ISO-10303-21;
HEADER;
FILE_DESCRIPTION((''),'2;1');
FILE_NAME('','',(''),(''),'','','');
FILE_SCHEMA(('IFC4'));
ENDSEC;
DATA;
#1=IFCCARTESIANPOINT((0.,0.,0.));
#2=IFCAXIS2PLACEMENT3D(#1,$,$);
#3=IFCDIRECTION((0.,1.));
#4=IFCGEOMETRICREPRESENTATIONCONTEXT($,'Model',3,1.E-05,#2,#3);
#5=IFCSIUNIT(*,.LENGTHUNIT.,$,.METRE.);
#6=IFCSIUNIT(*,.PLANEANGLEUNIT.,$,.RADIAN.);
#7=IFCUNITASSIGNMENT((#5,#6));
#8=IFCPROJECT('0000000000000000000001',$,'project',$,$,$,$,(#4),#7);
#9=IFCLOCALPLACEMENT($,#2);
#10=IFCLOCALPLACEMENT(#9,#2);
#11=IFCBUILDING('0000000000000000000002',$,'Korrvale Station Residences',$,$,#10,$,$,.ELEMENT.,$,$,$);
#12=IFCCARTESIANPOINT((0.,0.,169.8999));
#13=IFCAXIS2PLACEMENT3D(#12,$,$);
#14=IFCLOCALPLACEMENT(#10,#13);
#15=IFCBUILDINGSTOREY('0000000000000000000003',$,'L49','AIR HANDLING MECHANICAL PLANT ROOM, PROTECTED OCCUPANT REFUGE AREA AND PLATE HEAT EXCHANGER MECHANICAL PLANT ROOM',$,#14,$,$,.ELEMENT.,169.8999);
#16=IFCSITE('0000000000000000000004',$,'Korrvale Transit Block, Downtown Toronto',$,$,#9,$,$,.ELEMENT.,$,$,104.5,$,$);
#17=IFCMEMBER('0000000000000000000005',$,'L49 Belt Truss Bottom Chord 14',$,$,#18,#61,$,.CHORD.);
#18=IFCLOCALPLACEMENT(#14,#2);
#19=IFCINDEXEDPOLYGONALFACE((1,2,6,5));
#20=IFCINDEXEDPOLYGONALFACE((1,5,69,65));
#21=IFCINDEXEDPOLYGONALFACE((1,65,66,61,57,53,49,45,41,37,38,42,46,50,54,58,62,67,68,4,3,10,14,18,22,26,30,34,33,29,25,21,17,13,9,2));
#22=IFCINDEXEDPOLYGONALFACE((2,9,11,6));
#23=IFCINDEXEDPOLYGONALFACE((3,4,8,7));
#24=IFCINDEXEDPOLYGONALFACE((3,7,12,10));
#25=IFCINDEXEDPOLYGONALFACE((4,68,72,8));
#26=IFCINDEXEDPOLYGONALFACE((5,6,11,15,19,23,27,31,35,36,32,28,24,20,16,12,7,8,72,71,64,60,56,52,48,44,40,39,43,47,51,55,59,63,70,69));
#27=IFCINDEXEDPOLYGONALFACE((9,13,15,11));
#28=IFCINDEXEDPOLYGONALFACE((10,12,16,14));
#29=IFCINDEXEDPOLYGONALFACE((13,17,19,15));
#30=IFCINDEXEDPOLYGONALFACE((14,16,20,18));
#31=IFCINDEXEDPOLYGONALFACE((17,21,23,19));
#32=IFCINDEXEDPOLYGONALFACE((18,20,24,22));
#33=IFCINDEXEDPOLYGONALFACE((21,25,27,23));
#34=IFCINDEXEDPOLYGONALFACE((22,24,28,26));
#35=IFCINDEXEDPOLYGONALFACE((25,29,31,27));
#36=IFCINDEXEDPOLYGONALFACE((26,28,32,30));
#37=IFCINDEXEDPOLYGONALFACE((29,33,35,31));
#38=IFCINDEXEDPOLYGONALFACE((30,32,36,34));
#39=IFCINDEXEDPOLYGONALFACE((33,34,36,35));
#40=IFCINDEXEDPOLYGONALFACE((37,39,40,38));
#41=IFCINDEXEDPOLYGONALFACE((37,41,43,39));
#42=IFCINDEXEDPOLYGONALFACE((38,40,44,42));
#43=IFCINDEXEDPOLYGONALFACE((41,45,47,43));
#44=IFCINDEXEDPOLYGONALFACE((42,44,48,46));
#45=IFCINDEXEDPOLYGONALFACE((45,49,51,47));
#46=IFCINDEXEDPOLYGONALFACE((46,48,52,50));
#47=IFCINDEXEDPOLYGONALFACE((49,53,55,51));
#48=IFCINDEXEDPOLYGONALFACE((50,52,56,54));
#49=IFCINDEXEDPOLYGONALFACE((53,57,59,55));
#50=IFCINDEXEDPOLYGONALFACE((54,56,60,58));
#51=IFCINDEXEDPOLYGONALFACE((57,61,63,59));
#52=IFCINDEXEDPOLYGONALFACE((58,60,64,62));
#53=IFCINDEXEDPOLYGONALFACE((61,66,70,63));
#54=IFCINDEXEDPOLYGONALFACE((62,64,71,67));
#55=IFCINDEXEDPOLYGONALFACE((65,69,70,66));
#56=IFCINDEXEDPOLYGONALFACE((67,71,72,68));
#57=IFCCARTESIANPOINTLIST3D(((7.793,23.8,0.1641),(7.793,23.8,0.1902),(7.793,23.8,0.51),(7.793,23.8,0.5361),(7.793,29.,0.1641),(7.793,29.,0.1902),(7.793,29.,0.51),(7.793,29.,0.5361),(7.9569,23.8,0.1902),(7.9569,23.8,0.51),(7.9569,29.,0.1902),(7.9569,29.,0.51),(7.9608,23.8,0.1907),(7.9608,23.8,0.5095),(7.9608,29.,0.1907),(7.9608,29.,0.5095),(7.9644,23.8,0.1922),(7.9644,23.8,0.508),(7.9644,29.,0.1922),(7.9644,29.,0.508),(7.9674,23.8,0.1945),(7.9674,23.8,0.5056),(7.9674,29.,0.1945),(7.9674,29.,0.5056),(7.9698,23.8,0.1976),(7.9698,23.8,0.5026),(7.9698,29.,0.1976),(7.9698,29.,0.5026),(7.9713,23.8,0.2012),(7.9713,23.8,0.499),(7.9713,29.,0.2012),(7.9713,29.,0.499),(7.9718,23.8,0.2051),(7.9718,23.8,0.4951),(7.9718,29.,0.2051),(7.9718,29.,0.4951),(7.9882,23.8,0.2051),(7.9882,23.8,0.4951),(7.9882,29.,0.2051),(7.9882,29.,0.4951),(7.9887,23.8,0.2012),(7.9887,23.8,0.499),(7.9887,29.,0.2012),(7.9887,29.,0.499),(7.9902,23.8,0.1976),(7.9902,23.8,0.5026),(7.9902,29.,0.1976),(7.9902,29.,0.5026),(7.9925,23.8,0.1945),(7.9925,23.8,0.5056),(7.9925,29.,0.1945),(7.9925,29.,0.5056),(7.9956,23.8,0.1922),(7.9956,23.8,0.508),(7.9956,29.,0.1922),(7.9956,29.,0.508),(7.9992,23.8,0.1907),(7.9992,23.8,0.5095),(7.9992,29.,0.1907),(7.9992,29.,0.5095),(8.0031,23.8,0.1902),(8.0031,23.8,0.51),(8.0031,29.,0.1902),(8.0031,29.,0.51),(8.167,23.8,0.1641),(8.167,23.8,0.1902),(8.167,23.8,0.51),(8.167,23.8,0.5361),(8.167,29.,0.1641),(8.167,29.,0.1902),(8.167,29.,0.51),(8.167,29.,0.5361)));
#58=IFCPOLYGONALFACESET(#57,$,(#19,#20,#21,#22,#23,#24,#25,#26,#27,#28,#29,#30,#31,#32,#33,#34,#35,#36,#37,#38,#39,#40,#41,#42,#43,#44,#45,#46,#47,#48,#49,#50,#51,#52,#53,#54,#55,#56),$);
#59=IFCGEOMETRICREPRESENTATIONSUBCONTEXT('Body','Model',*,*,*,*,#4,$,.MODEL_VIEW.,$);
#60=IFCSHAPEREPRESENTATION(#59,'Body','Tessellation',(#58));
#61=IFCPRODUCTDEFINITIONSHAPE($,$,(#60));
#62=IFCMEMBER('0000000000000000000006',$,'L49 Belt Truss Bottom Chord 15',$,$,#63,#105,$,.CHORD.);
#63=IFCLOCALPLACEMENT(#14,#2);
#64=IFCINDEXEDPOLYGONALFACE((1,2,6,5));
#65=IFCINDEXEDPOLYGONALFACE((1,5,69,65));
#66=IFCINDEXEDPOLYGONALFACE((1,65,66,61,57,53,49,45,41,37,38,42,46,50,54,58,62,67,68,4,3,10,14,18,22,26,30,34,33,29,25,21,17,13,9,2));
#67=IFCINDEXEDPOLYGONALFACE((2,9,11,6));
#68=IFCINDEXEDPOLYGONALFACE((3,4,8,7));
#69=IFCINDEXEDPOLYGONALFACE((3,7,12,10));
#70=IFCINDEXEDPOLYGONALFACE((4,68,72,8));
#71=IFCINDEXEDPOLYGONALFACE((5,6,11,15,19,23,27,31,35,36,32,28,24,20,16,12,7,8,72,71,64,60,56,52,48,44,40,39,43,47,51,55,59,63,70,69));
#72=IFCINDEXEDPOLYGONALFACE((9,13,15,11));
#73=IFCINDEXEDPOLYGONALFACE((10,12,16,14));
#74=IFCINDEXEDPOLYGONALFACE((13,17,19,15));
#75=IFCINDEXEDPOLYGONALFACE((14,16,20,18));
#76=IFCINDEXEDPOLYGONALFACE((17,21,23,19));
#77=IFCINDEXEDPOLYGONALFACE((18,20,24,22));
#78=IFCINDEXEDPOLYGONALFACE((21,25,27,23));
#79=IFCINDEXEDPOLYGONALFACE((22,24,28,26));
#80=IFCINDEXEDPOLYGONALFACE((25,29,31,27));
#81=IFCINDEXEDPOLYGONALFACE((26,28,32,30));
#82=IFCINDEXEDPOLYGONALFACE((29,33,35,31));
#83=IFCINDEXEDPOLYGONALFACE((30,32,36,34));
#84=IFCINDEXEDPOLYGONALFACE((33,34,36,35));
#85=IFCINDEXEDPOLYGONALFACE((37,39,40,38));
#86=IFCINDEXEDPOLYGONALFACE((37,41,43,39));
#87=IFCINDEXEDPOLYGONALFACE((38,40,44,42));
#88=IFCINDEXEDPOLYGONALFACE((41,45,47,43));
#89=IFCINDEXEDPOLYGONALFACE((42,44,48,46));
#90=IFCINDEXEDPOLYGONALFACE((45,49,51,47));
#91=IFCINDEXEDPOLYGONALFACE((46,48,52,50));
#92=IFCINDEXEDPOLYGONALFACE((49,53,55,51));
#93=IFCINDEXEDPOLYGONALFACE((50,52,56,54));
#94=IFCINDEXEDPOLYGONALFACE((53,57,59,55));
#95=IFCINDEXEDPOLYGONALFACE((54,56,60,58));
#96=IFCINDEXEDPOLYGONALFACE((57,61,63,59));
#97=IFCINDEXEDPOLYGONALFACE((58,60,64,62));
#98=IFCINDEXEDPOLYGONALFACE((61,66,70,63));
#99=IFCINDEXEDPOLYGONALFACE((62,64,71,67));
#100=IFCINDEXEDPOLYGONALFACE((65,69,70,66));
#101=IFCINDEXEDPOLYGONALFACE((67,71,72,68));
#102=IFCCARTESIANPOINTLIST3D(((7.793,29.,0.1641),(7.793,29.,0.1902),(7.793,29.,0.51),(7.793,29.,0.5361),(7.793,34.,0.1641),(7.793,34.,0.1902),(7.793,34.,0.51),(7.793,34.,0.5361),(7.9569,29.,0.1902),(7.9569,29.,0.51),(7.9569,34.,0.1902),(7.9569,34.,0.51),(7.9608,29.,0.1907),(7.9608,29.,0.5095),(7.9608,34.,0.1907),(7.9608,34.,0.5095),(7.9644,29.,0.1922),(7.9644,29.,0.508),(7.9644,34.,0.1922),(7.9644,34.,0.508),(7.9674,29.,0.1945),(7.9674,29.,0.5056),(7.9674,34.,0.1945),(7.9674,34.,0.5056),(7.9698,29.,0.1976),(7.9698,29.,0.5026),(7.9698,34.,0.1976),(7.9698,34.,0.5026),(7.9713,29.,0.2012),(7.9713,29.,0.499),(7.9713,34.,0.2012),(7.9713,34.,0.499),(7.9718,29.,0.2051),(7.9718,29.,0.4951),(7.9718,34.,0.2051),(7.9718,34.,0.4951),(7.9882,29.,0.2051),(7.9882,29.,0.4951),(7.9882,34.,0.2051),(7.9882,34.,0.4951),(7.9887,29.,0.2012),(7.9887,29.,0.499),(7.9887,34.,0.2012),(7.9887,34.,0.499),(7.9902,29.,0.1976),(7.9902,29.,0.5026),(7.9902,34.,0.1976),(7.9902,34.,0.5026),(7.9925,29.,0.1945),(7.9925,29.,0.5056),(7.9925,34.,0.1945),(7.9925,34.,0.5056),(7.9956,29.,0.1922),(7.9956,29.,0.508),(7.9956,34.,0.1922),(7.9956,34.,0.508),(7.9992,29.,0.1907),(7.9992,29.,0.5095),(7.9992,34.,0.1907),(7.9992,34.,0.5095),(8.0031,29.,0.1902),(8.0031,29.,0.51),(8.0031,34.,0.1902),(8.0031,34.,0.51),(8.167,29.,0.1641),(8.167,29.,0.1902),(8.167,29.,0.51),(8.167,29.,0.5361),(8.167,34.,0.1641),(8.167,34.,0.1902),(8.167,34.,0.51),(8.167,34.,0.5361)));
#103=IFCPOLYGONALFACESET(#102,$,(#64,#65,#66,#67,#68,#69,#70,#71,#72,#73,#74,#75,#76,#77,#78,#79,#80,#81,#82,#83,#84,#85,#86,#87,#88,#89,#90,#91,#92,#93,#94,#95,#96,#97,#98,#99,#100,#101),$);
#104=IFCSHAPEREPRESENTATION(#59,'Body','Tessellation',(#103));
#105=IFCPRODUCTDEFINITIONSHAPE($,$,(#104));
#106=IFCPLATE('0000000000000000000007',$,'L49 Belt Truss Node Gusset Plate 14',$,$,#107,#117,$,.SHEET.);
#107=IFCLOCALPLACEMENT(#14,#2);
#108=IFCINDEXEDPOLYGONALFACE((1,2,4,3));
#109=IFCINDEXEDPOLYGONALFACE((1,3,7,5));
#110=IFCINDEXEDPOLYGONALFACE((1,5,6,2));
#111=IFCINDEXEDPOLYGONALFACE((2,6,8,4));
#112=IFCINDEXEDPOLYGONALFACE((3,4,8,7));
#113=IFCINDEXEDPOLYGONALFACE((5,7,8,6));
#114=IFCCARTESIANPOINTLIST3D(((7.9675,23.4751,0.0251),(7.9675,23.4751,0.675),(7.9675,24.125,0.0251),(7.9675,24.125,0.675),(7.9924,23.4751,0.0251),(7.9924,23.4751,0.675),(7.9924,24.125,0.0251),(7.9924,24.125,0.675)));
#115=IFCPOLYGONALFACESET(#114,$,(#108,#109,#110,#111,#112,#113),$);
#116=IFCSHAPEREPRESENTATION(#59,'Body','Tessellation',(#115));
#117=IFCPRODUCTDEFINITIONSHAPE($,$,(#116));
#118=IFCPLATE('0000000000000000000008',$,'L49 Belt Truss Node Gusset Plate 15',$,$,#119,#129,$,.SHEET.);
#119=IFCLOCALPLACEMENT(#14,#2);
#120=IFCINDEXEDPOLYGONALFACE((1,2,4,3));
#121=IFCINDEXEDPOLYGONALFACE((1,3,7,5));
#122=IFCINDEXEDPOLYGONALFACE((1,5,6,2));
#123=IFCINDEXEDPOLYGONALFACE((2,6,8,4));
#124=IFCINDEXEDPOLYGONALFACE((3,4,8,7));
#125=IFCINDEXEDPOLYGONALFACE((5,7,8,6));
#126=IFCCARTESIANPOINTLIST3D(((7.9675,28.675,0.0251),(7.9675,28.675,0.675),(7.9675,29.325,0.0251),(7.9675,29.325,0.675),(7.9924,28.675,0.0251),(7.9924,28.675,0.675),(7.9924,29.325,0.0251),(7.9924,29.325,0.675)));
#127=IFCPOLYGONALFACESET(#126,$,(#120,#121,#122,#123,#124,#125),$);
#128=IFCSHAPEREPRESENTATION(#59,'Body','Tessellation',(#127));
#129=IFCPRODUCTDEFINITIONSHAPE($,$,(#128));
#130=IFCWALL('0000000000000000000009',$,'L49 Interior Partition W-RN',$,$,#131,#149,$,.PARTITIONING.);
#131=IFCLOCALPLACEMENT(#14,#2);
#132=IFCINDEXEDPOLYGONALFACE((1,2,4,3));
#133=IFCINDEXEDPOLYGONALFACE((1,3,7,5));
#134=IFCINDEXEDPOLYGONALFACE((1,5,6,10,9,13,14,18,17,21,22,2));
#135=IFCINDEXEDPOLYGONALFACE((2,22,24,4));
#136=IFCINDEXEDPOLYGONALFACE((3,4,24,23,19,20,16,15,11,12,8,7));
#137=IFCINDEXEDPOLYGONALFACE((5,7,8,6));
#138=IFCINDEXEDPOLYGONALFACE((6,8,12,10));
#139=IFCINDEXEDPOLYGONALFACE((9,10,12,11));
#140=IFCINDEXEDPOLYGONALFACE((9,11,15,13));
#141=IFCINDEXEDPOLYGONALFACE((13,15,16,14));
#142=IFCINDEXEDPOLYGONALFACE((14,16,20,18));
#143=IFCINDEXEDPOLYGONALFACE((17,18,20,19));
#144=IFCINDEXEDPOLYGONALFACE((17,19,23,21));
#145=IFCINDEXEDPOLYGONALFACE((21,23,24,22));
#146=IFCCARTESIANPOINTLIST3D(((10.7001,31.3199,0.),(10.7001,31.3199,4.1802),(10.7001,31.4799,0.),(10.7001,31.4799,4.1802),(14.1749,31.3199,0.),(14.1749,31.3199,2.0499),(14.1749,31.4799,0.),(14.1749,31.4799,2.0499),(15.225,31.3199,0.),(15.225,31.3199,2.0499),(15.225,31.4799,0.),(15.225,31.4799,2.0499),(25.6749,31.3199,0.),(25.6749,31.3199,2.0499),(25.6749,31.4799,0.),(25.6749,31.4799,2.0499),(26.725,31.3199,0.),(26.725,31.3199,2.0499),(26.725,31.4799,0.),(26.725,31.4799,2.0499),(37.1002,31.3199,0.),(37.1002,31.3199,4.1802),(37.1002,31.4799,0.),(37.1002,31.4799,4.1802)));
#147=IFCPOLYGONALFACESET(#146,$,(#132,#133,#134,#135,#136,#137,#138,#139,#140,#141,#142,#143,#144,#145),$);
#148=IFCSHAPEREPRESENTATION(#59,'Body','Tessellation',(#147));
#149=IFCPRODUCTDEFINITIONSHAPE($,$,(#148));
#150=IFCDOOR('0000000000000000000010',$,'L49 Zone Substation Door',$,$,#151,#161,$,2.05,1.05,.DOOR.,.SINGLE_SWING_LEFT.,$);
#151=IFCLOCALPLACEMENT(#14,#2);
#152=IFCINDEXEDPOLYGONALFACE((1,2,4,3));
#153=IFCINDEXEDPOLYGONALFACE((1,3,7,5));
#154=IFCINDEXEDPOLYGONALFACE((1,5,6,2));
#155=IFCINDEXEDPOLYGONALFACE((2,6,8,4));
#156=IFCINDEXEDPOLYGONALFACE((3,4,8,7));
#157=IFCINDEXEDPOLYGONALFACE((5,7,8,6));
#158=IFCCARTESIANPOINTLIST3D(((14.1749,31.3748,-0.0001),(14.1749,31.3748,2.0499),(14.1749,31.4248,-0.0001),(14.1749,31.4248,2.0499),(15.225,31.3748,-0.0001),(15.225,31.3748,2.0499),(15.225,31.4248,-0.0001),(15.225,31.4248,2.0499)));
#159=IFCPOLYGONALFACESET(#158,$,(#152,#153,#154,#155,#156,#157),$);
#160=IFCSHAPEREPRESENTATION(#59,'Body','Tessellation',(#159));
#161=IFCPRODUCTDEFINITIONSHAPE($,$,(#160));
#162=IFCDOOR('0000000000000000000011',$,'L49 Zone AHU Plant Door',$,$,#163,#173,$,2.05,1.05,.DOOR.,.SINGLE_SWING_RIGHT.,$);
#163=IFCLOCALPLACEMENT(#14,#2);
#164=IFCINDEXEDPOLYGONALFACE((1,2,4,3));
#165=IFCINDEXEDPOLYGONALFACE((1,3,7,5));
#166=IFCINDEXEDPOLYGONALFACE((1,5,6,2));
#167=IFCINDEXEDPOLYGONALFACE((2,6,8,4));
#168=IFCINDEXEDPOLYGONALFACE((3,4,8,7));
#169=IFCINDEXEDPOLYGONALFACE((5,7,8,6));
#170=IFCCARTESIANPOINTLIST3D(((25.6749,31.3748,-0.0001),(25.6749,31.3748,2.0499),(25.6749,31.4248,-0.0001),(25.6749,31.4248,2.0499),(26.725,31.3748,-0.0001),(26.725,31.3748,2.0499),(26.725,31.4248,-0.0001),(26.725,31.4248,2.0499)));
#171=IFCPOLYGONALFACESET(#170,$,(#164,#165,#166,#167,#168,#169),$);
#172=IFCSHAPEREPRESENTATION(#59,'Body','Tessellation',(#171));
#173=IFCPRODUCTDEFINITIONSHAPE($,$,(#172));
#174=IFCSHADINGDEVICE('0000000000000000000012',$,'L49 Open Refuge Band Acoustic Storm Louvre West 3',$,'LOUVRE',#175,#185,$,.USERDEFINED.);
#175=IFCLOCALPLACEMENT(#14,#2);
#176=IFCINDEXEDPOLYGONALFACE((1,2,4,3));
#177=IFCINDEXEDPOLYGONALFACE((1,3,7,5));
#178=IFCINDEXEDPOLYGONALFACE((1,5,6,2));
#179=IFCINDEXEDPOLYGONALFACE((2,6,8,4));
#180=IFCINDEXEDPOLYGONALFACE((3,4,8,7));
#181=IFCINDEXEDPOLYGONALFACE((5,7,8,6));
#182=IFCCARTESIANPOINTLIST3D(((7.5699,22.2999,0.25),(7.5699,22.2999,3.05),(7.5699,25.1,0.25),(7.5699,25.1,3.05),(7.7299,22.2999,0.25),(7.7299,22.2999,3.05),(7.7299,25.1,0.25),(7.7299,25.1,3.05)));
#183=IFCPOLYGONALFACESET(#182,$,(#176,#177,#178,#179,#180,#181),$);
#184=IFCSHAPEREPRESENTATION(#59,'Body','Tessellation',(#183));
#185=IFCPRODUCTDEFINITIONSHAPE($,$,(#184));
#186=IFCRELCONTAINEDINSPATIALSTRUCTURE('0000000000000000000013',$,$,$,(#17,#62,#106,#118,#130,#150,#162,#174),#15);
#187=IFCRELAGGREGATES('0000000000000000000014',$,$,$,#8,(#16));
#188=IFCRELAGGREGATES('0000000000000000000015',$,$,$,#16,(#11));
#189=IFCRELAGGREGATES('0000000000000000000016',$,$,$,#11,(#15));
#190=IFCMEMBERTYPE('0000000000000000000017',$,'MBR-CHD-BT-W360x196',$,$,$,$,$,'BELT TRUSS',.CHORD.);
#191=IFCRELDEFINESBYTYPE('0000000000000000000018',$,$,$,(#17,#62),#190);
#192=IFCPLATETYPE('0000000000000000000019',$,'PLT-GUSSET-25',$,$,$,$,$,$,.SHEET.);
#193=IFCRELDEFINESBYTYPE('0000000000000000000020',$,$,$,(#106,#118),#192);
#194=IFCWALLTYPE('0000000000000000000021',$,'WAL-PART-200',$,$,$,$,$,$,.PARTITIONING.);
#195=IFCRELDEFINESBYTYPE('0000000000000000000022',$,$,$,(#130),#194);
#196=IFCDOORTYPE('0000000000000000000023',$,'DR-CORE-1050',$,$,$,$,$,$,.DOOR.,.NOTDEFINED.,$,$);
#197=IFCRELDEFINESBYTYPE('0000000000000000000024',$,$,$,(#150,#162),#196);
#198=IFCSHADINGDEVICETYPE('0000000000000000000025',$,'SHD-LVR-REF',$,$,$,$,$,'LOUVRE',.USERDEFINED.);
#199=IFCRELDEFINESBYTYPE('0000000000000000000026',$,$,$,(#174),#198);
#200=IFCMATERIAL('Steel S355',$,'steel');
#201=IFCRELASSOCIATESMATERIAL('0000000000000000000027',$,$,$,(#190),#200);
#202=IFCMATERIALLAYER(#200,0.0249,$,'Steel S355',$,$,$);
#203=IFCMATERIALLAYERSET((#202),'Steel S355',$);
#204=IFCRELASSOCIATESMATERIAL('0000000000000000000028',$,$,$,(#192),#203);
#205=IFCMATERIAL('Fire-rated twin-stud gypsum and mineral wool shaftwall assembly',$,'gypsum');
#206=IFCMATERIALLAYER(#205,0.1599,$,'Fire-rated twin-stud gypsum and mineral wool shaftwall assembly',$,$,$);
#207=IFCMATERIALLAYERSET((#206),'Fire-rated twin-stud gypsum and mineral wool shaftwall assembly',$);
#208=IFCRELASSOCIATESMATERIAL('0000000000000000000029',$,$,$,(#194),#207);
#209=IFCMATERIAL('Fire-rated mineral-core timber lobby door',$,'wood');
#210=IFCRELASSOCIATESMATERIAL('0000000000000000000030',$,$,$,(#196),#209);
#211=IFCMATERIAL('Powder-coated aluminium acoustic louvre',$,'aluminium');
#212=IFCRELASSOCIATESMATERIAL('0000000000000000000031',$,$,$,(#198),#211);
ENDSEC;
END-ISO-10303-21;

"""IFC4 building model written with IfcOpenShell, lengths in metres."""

from ifc_helpers import new_model, si_unit, direction, frame, frame_2d, origin, origin_2d, place, context, subcontext, project, spatial, rectangle, i_section, extrude, material, layer, layer_set, material_profile, profile_set, type_object, element, fill, save


model = new_model("IFC4")

# Units and contexts
model_context = context("Model", 3, precision=1e-05, world=origin(), true_north=direction((0.0, 1.0)))
body_context = subcontext(model_context, "Body", "Model", "MODEL_VIEW")
ifc_project = project(units=[si_unit("LENGTHUNIT", "METRE"), si_unit("PLANEANGLEUNIT", "RADIAN")], contexts=[model_context])

# Site, building, storey
site_placement = place(None, origin())
site = spatial("IfcSite", under=ifc_project, at=site_placement, Name="Korrvale Transit Block, Downtown Toronto", CompositionType="ELEMENT", RefElevation=104.5)
building_placement = place(site_placement, origin())
building = spatial("IfcBuilding", under=site, at=building_placement, Name="Korrvale Station Residences", CompositionType="ELEMENT")
storey_placement = place(building_placement, frame((0.0, 0.0, 169.8999)))
storey = spatial("IfcBuildingStorey", under=building, at=storey_placement, Name="L49", Description="AIR HANDLING MECHANICAL PLANT ROOM, PROTECTED OCCUPANT REFUGE AREA AND PLATE HEAT EXCHANGER MECHANICAL PLANT ROOM", CompositionType="ELEMENT", Elevation=169.8999)

# Members
ifc_material_1 = material(Name="Steel S355", Category="steel")
ifc_material_profile_1 = material_profile(ifc_material_1, i_section(OverallWidth=0.374, OverallDepth=0.3721, WebThickness=0.0164, FlangeThickness=0.0261, FilletRadius=0.0149, at=origin_2d()), Name="W360x196")
ifc_profile_set_1 = profile_set([ifc_material_profile_1], Name="Steel S355")
member_type_1 = type_object("IfcMemberType", Name="MBR-CHD-BT-W360x196", ElementType="BELT TRUSS", PredefinedType="CHORD", material=ifc_profile_set_1)
member_1_placement = place(storey_placement, frame((7.98, 23.8, 0.3501), z_axis=(0.0, 1.0, 0.0), x_axis=(-1.0, 0.0, 0.0)))
element("IfcMember", 1, at=member_1_placement, inside=storey, type_object=member_type_1, Name="L49 Belt Truss Bottom Chord 14", PredefinedType="CHORD", context=body_context, shape_type="SweptSolid", body=[
    extrude(i_section(OverallWidth=0.374, OverallDepth=0.3721, WebThickness=0.0164, FlangeThickness=0.0261, FilletRadius=0.0149, at=origin_2d()), origin(), (0.0, 0.0, 1.0), 5.2),
])
member_2_placement = place(storey_placement, frame((7.98, 29.0, 0.3501), z_axis=(0.0, 1.0, 0.0), x_axis=(-1.0, 0.0, 0.0)))
element("IfcMember", 2, at=member_2_placement, inside=storey, type_object=member_type_1, Name="L49 Belt Truss Bottom Chord 15", PredefinedType="CHORD", context=body_context, shape_type="SweptSolid", body=[
    extrude(i_section(OverallWidth=0.374, OverallDepth=0.3721, WebThickness=0.0164, FlangeThickness=0.0261, FilletRadius=0.0149, at=origin_2d()), origin(), (0.0, 0.0, 1.0), 5.0),
])

# Plates
ifc_layer_1 = layer(ifc_material_1, 0.0249, Name="Steel S355")
ifc_layer_set_1 = layer_set([ifc_layer_1], Name="Steel S355")
plate_type = type_object("IfcPlateType", Name="PLT-GUSSET-25", PredefinedType="SHEET", material=ifc_layer_set_1)
for number, where, z_axis, x_axis, name in (
    (3, (7.98, 23.8, 0.0251), (0.0, 0.0, 1.0), (0.0, 1.0, 0.0), "L49 Belt Truss Node Gusset Plate 14"),
    (4, (7.98, 29.0, 0.0251), (0.0, 0.0, 1.0), (0.0, 1.0, 0.0), "L49 Belt Truss Node Gusset Plate 15"),
):
    element("IfcPlate", number, at=place(storey_placement, frame(where, z_axis=z_axis, x_axis=x_axis)), inside=storey, type_object=plate_type, Name=name, PredefinedType="SHEET", context=body_context, shape_type="SweptSolid", body=[
        extrude(rectangle(XDim=0.6499, YDim=0.0249, at=origin_2d()), origin(), (0.0, 0.0, 1.0), 0.6499),
    ])

# Wall, openings, doors
ifc_material_2 = material(Name="Fire-rated twin-stud gypsum and mineral wool shaftwall assembly", Category="gypsum")
ifc_layer_2 = layer(ifc_material_2, 0.1599, Name="Fire-rated twin-stud gypsum and mineral wool shaftwall assembly")
ifc_layer_set_2 = layer_set([ifc_layer_2], Name="Fire-rated twin-stud gypsum and mineral wool shaftwall assembly")
wall_type = type_object("IfcWallType", Name="WAL-PART-200", PredefinedType="PARTITIONING", material=ifc_layer_set_2)
wall_placement = place(storey_placement, frame((10.7, 31.3999, 0.0), z_axis=(0.0, 0.0, 1.0), x_axis=(1.0, 0.0, 0.0)))
wall = element("IfcWall", 5, at=wall_placement, inside=storey, type_object=wall_type, Name="L49 Interior Partition W-RN", PredefinedType="PARTITIONING", context=body_context, shape_type="SweptSolid", body=[
    extrude(rectangle(XDim=26.4001, YDim=0.1599, at=frame_2d((13.2002, 0.0))), origin(), (0.0, 0.0, 1.0), 4.1802),
])
opening_1_placement = place(wall_placement, frame((3.4751, 0.0, 0.0)))
opening_1 = element("IfcOpeningElement", 6, at=opening_1_placement, cuts=wall, PredefinedType="OPENING", context=body_context, shape_type="SweptSolid", body=[
    extrude(rectangle(XDim=1.05, YDim=2.05, at=frame_2d((0.5249, 1.0249))), frame((0.0, 0.0898, 0.0), z_axis=(0.0, -1.0, 0.0), x_axis=(1.0, 0.0, 0.0)), (0.0, 0.0, 1.0), 0.1799),
])
opening_2_placement = place(wall_placement, frame((14.9751, 0.0, 0.0)))
opening_2 = element("IfcOpeningElement", 7, at=opening_2_placement, cuts=wall, PredefinedType="OPENING", context=body_context, shape_type="SweptSolid", body=[
    extrude(rectangle(XDim=1.05, YDim=2.05, at=frame_2d((0.5249, 1.0249))), frame((0.0, 0.0898, 0.0), z_axis=(0.0, -1.0, 0.0), x_axis=(1.0, 0.0, 0.0)), (0.0, 0.0, 1.0), 0.1799),
])
ifc_material_3 = material(Name="Fire-rated mineral-core timber lobby door", Category="wood")
door_type = type_object("IfcDoorType", Name="DR-CORE-1050", OperationType="NOTDEFINED", PredefinedType="DOOR", material=ifc_material_3)
door_1_placement = place(opening_1_placement, origin())
door_1 = element("IfcDoor", 8, at=door_1_placement, inside=storey, type_object=door_type, Name="L49 Zone Substation Door", OperationType="SINGLE_SWING_LEFT", OverallHeight=2.05, OverallWidth=1.05, PredefinedType="DOOR", context=body_context, shape_type="SweptSolid", body=[
    extrude(rectangle(XDim=1.05, YDim=2.05, at=frame_2d((0.5249, 1.0249))), frame((0.0, 0.0249, 0.0), z_axis=(0.0, -1.0, 0.0), x_axis=(1.0, 0.0, 0.0)), (0.0, 0.0, 1.0), 0.05),
])
fill(opening_1, door_1)
door_2_placement = place(opening_2_placement, origin())
door_2 = element("IfcDoor", 9, at=door_2_placement, inside=storey, type_object=door_type, Name="L49 Zone AHU Plant Door", OperationType="SINGLE_SWING_RIGHT", OverallHeight=2.05, OverallWidth=1.05, PredefinedType="DOOR", context=body_context, shape_type="SweptSolid", body=[
    extrude(rectangle(XDim=1.05, YDim=2.05, at=frame_2d((0.5249, 1.0249))), frame((0.0, 0.0249, 0.0), z_axis=(0.0, -1.0, 0.0), x_axis=(1.0, 0.0, 0.0)), (0.0, 0.0, 1.0), 0.05),
])
fill(opening_2, door_2)

# Shading device
ifc_material_4 = material(Name="Powder-coated aluminium acoustic louvre", Category="aluminium")
shading_device_type = type_object("IfcShadingDeviceType", Name="SHD-LVR-REF", ElementType="LOUVRE", PredefinedType="USERDEFINED", material=ifc_material_4)
for number, where, z_axis, x_axis, name in (
    (10, (7.6499, 23.7, 0.25), (0.0, 0.0, 1.0), (1.0, 0.0, 0.0), "L49 Open Refuge Band Acoustic Storm Louvre West 3"),
):
    element("IfcShadingDevice", number, at=place(storey_placement, frame(where, z_axis=z_axis, x_axis=x_axis)), inside=storey, type_object=shading_device_type, Name=name, ObjectType="LOUVRE", PredefinedType="USERDEFINED", context=body_context, shape_type="SweptSolid", body=[
        extrude(rectangle(XDim=0.1599, YDim=2.8, at=origin_2d()), origin(), (0.0, 0.0, 1.0), 2.8),
    ])

save(model, "model.ifc")
